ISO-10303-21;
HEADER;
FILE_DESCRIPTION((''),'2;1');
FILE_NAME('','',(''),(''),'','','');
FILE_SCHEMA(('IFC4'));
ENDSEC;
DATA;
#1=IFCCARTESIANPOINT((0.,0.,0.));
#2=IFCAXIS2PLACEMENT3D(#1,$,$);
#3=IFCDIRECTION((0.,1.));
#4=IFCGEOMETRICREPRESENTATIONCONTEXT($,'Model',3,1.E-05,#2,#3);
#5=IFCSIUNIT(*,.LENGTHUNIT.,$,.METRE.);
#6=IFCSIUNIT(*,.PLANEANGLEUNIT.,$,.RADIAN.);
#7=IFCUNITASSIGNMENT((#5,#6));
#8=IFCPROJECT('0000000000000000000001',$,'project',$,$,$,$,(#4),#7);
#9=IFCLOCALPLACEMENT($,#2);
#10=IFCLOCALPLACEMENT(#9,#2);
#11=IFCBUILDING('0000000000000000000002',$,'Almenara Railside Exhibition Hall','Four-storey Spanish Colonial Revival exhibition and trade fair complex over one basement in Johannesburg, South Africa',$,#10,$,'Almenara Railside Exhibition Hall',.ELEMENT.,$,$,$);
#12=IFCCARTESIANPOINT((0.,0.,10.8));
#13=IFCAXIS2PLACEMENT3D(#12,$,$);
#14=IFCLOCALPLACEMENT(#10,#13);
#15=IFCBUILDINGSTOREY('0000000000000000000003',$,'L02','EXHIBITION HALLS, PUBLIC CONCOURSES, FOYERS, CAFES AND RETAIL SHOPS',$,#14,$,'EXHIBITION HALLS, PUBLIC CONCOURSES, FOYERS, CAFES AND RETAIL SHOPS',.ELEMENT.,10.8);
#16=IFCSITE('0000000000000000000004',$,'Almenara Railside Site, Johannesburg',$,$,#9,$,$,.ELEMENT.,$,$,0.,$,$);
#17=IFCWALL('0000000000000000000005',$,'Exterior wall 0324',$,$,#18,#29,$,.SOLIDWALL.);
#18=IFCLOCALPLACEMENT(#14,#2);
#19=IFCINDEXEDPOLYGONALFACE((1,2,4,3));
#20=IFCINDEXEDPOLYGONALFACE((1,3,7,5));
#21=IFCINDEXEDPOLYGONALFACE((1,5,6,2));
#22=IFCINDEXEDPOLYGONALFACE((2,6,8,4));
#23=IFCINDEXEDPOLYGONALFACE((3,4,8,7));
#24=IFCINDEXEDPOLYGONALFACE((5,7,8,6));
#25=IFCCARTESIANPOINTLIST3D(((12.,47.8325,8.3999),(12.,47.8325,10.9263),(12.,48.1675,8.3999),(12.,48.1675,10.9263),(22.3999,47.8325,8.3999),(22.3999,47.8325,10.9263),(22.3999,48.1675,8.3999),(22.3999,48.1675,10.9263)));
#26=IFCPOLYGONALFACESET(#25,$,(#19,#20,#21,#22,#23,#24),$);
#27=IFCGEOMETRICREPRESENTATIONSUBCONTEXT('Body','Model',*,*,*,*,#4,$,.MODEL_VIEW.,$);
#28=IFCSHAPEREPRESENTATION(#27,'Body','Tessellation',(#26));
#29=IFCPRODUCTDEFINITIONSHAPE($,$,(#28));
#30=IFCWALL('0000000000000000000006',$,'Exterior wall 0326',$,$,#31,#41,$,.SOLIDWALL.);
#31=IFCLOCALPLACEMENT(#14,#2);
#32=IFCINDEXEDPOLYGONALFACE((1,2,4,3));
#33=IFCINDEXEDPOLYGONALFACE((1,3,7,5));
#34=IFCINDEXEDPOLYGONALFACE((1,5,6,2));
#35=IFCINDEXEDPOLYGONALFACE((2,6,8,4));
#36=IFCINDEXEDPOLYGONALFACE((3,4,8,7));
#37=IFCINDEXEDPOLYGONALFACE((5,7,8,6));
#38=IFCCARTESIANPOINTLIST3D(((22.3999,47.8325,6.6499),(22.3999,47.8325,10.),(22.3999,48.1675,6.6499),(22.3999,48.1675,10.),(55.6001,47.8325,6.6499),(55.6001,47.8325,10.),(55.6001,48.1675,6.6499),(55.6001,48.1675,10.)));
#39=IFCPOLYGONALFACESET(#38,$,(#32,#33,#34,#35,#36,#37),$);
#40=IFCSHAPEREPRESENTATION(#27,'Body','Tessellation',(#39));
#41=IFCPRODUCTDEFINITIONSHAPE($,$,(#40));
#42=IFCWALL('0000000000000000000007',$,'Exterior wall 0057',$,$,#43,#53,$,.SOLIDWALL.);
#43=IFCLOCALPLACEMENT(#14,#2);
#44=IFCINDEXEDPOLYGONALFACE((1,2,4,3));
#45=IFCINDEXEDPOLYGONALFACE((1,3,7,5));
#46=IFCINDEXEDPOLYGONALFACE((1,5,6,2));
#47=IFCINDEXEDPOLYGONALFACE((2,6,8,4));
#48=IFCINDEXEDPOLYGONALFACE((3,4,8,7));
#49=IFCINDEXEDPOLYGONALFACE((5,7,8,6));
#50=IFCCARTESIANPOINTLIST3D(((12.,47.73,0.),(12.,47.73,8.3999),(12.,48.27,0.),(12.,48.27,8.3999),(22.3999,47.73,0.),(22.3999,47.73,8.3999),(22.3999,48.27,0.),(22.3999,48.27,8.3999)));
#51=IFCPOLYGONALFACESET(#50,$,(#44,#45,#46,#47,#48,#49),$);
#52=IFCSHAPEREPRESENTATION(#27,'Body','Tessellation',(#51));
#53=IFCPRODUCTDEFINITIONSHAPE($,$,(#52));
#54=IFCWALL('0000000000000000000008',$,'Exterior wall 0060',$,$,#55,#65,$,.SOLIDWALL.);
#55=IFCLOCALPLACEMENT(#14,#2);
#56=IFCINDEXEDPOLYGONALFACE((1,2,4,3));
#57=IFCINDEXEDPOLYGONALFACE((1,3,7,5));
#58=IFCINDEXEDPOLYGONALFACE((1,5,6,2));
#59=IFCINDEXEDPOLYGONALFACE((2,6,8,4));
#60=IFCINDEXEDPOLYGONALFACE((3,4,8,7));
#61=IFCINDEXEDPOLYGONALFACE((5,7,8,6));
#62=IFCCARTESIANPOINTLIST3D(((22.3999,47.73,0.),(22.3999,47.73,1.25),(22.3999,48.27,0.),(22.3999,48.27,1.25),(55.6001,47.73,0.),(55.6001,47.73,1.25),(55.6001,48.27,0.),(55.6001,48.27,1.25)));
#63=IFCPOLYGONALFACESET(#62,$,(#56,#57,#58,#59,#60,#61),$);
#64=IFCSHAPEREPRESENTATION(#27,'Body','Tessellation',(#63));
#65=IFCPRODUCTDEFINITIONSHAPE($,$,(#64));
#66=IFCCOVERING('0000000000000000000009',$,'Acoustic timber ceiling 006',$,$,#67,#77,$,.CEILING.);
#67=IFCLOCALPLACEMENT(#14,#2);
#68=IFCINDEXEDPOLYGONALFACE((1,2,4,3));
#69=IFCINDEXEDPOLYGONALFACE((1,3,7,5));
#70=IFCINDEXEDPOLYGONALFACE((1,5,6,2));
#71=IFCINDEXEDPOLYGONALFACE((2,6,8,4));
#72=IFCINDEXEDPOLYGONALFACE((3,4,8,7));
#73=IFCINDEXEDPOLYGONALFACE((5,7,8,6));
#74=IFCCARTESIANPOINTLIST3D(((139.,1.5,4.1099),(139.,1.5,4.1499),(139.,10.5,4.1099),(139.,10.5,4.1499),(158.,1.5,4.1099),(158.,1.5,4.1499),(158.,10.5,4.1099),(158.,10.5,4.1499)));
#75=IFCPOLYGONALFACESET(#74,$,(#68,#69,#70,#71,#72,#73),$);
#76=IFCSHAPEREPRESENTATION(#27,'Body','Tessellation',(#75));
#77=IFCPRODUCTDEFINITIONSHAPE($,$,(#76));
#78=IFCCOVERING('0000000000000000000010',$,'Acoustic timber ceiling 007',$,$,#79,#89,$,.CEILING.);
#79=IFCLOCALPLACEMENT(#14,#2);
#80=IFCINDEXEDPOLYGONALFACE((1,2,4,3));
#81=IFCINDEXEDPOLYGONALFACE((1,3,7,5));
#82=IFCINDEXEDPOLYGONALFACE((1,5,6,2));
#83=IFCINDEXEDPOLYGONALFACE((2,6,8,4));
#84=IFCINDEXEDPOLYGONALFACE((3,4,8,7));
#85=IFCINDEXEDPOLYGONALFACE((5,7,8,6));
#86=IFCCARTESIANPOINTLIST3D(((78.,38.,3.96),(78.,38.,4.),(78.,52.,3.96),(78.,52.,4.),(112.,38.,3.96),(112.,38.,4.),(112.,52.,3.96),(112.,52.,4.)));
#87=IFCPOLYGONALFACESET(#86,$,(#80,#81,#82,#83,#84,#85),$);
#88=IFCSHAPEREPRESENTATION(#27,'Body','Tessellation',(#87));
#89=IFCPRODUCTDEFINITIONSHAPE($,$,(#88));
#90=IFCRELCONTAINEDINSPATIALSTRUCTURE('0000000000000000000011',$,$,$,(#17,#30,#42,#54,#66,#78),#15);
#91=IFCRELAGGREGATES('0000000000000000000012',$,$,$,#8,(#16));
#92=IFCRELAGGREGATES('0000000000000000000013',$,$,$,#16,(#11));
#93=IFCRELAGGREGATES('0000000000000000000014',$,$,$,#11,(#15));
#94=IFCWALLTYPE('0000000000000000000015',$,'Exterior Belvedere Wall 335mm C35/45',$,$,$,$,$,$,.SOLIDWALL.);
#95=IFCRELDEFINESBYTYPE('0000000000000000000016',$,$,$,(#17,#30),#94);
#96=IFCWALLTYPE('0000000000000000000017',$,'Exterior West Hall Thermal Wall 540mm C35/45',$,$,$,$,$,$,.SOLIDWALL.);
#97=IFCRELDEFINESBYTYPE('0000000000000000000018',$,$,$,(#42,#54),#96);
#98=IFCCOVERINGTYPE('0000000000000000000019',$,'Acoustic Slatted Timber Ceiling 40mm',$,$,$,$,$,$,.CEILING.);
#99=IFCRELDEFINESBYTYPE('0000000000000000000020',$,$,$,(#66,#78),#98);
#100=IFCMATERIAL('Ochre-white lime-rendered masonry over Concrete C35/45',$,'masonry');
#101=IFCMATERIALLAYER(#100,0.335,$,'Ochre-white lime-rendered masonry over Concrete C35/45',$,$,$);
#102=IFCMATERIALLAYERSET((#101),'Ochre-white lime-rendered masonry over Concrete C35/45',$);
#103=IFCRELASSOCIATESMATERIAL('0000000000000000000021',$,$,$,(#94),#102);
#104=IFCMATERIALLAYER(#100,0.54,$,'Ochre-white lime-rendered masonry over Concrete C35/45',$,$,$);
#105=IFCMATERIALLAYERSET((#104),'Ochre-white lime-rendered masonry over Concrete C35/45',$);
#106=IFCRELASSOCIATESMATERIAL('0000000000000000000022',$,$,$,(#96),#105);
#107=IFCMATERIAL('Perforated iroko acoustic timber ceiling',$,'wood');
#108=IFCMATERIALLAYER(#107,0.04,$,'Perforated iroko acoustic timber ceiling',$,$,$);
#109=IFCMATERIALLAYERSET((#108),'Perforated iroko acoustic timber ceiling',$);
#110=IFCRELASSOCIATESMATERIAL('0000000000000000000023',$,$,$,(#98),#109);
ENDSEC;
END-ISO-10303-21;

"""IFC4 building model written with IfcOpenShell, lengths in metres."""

from ifc_helpers import new_model, si_unit, direction, frame, frame_2d, origin, place, context, subcontext, project, spatial, polyline, rectangle, outline, extrude, material, layer, layer_set, type_object, element, save


model = new_model("IFC4")

# Units and contexts
model_context = context("Model", 3, precision=1e-05, world=origin(), true_north=direction((0.0, 1.0)))
body_context = subcontext(model_context, "Body", "Model", "MODEL_VIEW")
ifc_project = project(units=[si_unit("LENGTHUNIT", "METRE"), si_unit("PLANEANGLEUNIT", "RADIAN")], contexts=[model_context])

# Site, building, storey
site_placement = place(None, origin())
site = spatial("IfcSite", under=ifc_project, at=site_placement, Name="Almenara Railside Site, Johannesburg", CompositionType="ELEMENT", RefElevation=0.0)
building_placement = place(site_placement, origin())
building = spatial("IfcBuilding", under=site, at=building_placement, Name="Almenara Railside Exhibition Hall", Description="Four-storey Spanish Colonial Revival exhibition and trade fair complex over one basement in Johannesburg, South Africa", LongName="Almenara Railside Exhibition Hall", CompositionType="ELEMENT")
storey_placement = place(building_placement, frame((0.0, 0.0, 10.8)))
storey = spatial("IfcBuildingStorey", under=building, at=storey_placement, Name="L02", Description="EXHIBITION HALLS, PUBLIC CONCOURSES, FOYERS, CAFES AND RETAIL SHOPS", LongName="EXHIBITION HALLS, PUBLIC CONCOURSES, FOYERS, CAFES AND RETAIL SHOPS", CompositionType="ELEMENT", Elevation=10.8)

# Walls
ifc_material_1 = material(Name="Ochre-white lime-rendered masonry over Concrete C35/45", Category="masonry")
ifc_layer_1 = layer(ifc_material_1, 0.335, Name="Ochre-white lime-rendered masonry over Concrete C35/45")
ifc_layer_set_1 = layer_set([ifc_layer_1], Name="Ochre-white lime-rendered masonry over Concrete C35/45")
wall_type_1 = type_object("IfcWallType", Name="Exterior Belvedere Wall 335mm C35/45", PredefinedType="SOLIDWALL", material=ifc_layer_set_1)
wall_1_placement = place(storey_placement, frame((12.0, 48.0, 8.3999), z_axis=(0.0, 0.0, 1.0), x_axis=(1.0, 0.0, 0.0)))
element("IfcWall", 1, at=wall_1_placement, inside=storey, type_object=wall_type_1, Name="Exterior wall 0324", PredefinedType="SOLIDWALL", context=body_context, shape_type="SweptSolid", body=[
    extrude(rectangle(XDim=10.3999, YDim=0.335, at=frame_2d((5.2, 0.0))), origin(), (0.0, 0.0, 1.0), 2.5264),
])
wall_2_placement = place(storey_placement, frame((22.3999, 48.0, 6.6499), z_axis=(0.0, 0.0, 1.0), x_axis=(1.0, 0.0, 0.0)))
element("IfcWall", 2, at=wall_2_placement, inside=storey, type_object=wall_type_1, Name="Exterior wall 0326", PredefinedType="SOLIDWALL", context=body_context, shape_type="SweptSolid", body=[
    extrude(rectangle(XDim=33.2002, YDim=0.335, at=frame_2d((16.6001, 0.0))), origin(), (0.0, 0.0, 1.0), 3.3501),
])
ifc_layer_2 = layer(ifc_material_1, 0.54, Name="Ochre-white lime-rendered masonry over Concrete C35/45")
ifc_layer_set_2 = layer_set([ifc_layer_2], Name="Ochre-white lime-rendered masonry over Concrete C35/45")
wall_type_2 = type_object("IfcWallType", Name="Exterior West Hall Thermal Wall 540mm C35/45", PredefinedType="SOLIDWALL", material=ifc_layer_set_2)
wall_3_placement = place(storey_placement, frame((12.0, 48.0, 0.0), z_axis=(0.0, 0.0, 1.0), x_axis=(1.0, 0.0, 0.0)))
element("IfcWall", 3, at=wall_3_placement, inside=storey, type_object=wall_type_2, Name="Exterior wall 0057", PredefinedType="SOLIDWALL", context=body_context, shape_type="SweptSolid", body=[
    extrude(rectangle(XDim=10.3999, YDim=0.54, at=frame_2d((5.2, 0.0))), origin(), (0.0, 0.0, 1.0), 8.3999),
])
wall_4_placement = place(storey_placement, frame((22.3999, 48.0, 0.0), z_axis=(0.0, 0.0, 1.0), x_axis=(1.0, 0.0, 0.0)))
element("IfcWall", 4, at=wall_4_placement, inside=storey, type_object=wall_type_2, Name="Exterior wall 0060", PredefinedType="SOLIDWALL", context=body_context, shape_type="SweptSolid", body=[
    extrude(rectangle(XDim=33.2002, YDim=0.54, at=frame_2d((16.6001, 0.0))), origin(), (0.0, 0.0, 1.0), 1.25),
])

# Coverings
ifc_material_2 = material(Name="Perforated iroko acoustic timber ceiling", Category="wood")
ifc_layer_3 = layer(ifc_material_2, 0.04, Name="Perforated iroko acoustic timber ceiling")
ifc_layer_set_3 = layer_set([ifc_layer_3], Name="Perforated iroko acoustic timber ceiling")
covering_type = type_object("IfcCoveringType", Name="Acoustic Slatted Timber Ceiling 40mm", PredefinedType="CEILING", material=ifc_layer_set_3)
covering_1_placement = place(storey_placement, frame((0.0, 0.0, 4.1099)))
element("IfcCovering", 5, at=covering_1_placement, inside=storey, type_object=covering_type, Name="Acoustic timber ceiling 006", PredefinedType="CEILING", context=body_context, shape_type="SweptSolid", body=[
    extrude(outline(polyline([(139.0, 1.5), (158.0, 1.5), (158.0, 10.5), (139.0, 10.5), (139.0, 1.5)])), origin(), (0.0, 0.0, 1.0), 0.04),
])
covering_2_placement = place(storey_placement, frame((0.0, 0.0, 3.96)))
element("IfcCovering", 6, at=covering_2_placement, inside=storey, type_object=covering_type, Name="Acoustic timber ceiling 007", PredefinedType="CEILING", context=body_context, shape_type="SweptSolid", body=[
    extrude(outline(polyline([(78.0, 38.0), (112.0, 38.0), (112.0, 52.0), (78.0, 52.0), (78.0, 38.0)])), origin(), (0.0, 0.0, 1.0), 0.04),
])

save(model, "model.ifc")
